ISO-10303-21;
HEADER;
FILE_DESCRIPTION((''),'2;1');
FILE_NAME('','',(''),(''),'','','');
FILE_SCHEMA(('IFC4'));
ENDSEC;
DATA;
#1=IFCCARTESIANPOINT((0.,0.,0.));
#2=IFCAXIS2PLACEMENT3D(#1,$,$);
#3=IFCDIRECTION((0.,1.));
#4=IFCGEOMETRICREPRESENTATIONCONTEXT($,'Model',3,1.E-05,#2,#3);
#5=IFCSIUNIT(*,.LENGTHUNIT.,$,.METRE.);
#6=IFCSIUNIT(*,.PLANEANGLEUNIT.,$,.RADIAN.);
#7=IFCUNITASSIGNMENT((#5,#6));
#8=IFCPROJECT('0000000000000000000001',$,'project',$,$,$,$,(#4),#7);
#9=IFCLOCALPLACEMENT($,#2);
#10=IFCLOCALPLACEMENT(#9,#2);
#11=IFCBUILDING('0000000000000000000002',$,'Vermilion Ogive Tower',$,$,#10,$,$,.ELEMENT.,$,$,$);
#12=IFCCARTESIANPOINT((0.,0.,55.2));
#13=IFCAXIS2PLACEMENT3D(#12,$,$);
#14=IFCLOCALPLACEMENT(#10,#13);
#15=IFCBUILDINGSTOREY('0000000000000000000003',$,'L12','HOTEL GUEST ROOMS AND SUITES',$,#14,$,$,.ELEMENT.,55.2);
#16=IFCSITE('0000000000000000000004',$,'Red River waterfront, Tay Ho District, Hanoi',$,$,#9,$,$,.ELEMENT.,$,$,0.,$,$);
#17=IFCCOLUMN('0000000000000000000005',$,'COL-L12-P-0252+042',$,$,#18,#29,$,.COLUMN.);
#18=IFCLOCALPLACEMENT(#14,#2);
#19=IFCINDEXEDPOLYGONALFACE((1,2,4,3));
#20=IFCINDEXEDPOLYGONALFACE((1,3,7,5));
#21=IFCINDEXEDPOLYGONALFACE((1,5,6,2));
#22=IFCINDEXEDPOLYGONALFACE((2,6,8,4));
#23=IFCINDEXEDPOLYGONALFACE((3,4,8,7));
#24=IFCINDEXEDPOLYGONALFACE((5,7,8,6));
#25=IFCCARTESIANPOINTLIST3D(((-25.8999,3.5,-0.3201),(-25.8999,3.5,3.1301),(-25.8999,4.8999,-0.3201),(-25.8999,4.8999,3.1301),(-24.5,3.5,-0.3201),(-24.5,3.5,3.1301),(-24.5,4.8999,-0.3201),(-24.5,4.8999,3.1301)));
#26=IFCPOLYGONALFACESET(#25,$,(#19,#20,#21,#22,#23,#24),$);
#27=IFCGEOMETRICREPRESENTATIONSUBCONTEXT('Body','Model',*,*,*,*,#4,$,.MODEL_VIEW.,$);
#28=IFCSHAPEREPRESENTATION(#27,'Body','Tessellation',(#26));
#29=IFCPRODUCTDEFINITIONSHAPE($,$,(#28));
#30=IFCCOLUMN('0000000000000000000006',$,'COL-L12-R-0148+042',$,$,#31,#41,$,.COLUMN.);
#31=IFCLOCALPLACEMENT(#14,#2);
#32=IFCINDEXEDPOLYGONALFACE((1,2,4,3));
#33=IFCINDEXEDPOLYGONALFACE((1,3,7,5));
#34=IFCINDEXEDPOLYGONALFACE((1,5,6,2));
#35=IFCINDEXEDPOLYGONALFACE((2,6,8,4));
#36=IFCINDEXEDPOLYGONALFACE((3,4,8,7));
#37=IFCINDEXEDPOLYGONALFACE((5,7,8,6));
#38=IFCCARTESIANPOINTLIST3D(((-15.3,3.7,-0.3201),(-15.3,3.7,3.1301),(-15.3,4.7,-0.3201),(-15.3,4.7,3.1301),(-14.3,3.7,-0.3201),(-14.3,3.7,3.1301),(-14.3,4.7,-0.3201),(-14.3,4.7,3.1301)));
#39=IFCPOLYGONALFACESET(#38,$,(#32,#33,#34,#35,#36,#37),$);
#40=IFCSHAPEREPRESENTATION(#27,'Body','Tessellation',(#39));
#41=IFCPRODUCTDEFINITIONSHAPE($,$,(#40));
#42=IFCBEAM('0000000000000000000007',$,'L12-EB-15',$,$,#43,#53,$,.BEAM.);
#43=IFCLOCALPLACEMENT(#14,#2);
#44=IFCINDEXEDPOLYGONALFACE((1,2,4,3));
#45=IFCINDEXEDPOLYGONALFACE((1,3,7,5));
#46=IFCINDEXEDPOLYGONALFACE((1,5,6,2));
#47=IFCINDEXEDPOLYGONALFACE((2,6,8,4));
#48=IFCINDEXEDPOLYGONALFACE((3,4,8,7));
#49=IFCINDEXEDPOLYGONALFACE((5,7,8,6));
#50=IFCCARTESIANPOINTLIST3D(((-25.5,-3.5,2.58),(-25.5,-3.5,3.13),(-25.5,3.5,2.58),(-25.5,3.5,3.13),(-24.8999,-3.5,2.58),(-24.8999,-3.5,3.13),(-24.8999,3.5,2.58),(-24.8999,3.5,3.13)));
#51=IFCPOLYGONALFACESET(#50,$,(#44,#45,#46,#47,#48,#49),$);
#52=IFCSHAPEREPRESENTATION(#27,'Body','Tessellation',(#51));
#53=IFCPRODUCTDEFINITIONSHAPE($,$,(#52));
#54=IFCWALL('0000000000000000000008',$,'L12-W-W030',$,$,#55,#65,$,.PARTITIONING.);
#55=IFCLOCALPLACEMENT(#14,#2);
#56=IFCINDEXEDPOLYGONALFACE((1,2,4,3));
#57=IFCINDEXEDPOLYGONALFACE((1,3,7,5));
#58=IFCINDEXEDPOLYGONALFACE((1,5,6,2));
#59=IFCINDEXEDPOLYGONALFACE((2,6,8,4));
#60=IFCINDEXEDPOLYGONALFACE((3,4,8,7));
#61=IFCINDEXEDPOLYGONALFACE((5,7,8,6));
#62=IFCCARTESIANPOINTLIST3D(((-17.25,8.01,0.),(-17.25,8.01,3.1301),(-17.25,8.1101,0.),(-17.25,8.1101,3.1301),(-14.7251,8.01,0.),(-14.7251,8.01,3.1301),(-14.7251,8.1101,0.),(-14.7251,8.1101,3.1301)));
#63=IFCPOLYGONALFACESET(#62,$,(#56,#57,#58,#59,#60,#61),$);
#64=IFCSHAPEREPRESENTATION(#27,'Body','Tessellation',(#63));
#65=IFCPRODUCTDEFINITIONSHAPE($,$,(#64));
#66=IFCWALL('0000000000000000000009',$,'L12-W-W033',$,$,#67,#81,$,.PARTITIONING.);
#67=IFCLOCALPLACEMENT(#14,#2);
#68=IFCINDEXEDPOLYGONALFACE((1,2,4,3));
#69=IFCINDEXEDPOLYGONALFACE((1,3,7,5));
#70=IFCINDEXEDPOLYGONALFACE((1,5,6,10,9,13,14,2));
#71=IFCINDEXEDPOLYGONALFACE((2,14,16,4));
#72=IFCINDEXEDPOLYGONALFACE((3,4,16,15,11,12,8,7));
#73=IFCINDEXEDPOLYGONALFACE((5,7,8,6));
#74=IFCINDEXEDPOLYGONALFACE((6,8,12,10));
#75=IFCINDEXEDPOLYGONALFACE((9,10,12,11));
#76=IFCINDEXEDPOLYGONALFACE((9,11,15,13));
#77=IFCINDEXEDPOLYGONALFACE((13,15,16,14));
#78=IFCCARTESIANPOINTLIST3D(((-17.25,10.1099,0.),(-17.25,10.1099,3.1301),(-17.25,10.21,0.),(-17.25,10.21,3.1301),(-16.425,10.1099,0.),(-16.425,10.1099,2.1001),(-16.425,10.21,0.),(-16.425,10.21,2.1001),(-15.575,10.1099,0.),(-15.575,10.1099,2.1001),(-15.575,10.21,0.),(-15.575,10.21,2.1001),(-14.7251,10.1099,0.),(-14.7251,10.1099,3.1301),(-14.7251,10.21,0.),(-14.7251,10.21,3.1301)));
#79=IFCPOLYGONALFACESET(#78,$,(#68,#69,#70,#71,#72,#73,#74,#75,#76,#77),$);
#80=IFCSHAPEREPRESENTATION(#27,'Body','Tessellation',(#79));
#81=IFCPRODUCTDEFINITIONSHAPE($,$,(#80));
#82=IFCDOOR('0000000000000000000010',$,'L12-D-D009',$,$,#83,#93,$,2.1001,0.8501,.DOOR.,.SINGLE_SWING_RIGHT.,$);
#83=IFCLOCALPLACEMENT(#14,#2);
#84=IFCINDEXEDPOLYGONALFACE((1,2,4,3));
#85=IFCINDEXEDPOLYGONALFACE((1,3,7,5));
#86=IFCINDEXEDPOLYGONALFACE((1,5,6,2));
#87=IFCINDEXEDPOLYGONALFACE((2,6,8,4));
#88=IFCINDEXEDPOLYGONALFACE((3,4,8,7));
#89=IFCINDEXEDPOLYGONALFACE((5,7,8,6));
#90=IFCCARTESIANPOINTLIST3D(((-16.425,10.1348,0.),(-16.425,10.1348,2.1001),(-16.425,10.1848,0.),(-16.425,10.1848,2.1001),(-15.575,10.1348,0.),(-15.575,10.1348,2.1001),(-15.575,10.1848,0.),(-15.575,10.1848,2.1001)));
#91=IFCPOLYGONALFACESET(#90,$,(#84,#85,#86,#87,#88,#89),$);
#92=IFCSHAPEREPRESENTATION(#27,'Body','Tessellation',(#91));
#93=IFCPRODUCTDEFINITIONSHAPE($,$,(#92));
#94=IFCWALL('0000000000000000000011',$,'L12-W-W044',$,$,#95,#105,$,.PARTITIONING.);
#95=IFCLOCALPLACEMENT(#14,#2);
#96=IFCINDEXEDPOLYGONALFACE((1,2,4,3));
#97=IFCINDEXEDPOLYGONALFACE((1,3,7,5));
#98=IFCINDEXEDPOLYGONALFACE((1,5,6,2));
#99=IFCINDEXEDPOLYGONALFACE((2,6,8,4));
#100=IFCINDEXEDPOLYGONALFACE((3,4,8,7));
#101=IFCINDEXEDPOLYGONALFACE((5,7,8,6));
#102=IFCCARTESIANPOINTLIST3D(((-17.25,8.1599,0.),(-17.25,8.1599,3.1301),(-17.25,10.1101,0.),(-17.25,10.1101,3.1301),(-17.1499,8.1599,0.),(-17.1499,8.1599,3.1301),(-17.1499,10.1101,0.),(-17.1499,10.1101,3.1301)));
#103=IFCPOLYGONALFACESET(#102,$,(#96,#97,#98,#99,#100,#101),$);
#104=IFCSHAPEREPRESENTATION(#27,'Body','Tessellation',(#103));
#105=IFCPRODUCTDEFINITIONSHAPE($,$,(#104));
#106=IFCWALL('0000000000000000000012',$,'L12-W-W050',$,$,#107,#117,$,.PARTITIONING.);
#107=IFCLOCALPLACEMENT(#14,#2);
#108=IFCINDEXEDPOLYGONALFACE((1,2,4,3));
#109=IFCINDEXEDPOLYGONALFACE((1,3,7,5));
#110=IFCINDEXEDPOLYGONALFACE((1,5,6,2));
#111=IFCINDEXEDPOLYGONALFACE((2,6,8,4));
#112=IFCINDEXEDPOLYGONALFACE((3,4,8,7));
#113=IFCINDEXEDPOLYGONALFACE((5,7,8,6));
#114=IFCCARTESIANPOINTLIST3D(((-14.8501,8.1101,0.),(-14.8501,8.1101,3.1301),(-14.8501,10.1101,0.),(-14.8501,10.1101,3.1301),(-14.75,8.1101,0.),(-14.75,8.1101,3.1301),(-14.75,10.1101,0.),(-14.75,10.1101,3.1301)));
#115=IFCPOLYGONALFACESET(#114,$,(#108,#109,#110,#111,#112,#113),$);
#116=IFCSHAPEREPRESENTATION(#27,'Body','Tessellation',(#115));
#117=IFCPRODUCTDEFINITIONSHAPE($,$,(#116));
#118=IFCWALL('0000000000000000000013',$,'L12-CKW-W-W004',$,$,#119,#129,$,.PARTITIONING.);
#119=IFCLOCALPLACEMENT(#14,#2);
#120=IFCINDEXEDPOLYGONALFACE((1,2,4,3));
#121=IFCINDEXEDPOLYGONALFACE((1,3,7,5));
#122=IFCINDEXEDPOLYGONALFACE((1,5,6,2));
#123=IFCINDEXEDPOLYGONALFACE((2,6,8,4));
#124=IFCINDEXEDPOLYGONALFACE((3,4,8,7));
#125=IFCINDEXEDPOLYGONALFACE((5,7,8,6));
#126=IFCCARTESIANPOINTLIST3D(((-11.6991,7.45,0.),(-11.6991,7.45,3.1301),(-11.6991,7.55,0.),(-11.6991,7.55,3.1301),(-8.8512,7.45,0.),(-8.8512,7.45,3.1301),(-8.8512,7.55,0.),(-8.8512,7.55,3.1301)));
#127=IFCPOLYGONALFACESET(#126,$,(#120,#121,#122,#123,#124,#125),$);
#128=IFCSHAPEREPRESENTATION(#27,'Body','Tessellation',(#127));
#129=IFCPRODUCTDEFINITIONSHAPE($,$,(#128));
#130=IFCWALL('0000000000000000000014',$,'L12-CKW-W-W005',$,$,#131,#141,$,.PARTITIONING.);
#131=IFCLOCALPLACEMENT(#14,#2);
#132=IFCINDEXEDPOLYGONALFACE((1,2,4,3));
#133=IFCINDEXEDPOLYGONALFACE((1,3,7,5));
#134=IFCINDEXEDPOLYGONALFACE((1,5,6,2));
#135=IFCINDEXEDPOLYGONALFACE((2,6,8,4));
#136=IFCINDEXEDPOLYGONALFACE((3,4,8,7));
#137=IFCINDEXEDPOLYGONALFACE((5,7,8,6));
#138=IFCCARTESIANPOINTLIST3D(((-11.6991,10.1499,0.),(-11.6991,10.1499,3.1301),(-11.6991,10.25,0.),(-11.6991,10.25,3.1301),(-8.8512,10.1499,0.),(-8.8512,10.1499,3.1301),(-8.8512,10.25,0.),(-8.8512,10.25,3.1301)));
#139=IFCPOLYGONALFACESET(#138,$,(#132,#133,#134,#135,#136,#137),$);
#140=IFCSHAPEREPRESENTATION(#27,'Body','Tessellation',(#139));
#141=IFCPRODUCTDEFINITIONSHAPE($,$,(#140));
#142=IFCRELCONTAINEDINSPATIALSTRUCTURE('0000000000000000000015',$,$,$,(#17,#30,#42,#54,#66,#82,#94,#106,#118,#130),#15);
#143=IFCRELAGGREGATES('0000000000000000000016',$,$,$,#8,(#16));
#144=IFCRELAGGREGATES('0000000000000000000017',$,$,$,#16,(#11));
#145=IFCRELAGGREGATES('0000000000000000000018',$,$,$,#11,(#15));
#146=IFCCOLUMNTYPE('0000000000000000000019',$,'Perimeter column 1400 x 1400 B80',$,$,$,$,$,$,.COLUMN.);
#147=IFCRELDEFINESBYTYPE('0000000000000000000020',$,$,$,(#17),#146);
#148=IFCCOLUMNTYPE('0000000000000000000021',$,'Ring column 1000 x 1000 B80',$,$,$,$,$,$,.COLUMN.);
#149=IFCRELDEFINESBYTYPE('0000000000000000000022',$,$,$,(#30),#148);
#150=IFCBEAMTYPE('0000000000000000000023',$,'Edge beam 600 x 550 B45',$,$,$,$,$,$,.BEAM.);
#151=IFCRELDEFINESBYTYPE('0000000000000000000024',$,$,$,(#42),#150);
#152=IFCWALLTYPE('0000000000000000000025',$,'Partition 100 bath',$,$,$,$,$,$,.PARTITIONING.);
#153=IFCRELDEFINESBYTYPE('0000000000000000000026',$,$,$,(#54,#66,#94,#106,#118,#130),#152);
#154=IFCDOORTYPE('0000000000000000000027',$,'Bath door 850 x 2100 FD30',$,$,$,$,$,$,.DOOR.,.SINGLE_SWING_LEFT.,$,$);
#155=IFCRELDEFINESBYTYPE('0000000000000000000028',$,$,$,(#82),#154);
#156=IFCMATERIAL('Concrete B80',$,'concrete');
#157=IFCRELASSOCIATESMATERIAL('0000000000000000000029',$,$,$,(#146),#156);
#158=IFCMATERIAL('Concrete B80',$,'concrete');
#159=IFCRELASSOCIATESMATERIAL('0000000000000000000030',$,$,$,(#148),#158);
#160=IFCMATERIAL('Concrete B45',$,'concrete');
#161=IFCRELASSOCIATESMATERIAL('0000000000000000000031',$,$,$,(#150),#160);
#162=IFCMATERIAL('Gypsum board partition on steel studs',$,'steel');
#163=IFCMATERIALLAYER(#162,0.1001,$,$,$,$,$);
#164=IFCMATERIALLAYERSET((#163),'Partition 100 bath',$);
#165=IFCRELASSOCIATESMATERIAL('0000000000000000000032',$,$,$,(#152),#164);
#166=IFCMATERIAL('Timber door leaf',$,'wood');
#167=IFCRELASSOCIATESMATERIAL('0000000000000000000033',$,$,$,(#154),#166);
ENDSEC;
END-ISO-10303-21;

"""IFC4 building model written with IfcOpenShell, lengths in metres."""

from ifc_helpers import new_model, si_unit, direction, frame, frame_2d, origin, origin_2d, place, context, subcontext, project, spatial, rectangle, extrude, material, layer, layer_set, material_profile, profile_set, type_object, element, fill, save


model = new_model("IFC4")

# Units and contexts
model_context = context("Model", 3, precision=1e-05, world=origin(), true_north=direction((0.0, 1.0)))
body_context = subcontext(model_context, "Body", "Model", "MODEL_VIEW")
ifc_project = project(units=[si_unit("LENGTHUNIT", "METRE"), si_unit("PLANEANGLEUNIT", "RADIAN")], contexts=[model_context])

# Site, building, storey
site_placement = place(None, origin())
site = spatial("IfcSite", under=ifc_project, at=site_placement, Name="Red River waterfront, Tay Ho District, Hanoi", CompositionType="ELEMENT", RefElevation=0.0)
building_placement = place(site_placement, origin())
building = spatial("IfcBuilding", under=site, at=building_placement, Name="Vermilion Ogive Tower", CompositionType="ELEMENT")
storey_placement = place(building_placement, frame((0.0, 0.0, 55.2)))
storey = spatial("IfcBuildingStorey", under=building, at=storey_placement, Name="L12", Description="HOTEL GUEST ROOMS AND SUITES", CompositionType="ELEMENT", Elevation=55.2)

# Columns
ifc_material_1 = material(Name="Concrete B80", Category="concrete")
ifc_material_profile_1 = material_profile(ifc_material_1, rectangle(XDim=1.3999, YDim=1.3999, at=origin_2d()), Name="1400 x 1400")
ifc_profile_set_1 = profile_set([ifc_material_profile_1], Name="Concrete B80")
column_type_1 = type_object("IfcColumnType", Name="Perimeter column 1400 x 1400 B80", PredefinedType="COLUMN", material=ifc_profile_set_1)
column_1_placement = place(storey_placement, frame((-25.2, 4.2, -0.3201), z_axis=(0.0, 0.0, 1.0), x_axis=(1.0, 0.0, 0.0)))
element("IfcColumn", 1, at=column_1_placement, inside=storey, type_object=column_type_1, Name="COL-L12-P-0252+042", PredefinedType="COLUMN", context=body_context, shape_type="SweptSolid", body=[
    extrude(rectangle(XDim=1.3999, YDim=1.3999, at=origin_2d()), origin(), (0.0, 0.0, 1.0), 3.4502),
])
ifc_material_2 = material(Name="Concrete B80", Category="concrete")
ifc_material_profile_2 = material_profile(ifc_material_2, rectangle(XDim=1.0, YDim=1.0, at=origin_2d()), Name="1000 x 1000")
ifc_profile_set_2 = profile_set([ifc_material_profile_2], Name="Concrete B80")
column_type_2 = type_object("IfcColumnType", Name="Ring column 1000 x 1000 B80", PredefinedType="COLUMN", material=ifc_profile_set_2)
column_2_placement = place(storey_placement, frame((-14.8, 4.2, -0.3201), z_axis=(0.0, 0.0, 1.0), x_axis=(1.0, 0.0, 0.0)))
element("IfcColumn", 2, at=column_2_placement, inside=storey, type_object=column_type_2, Name="COL-L12-R-0148+042", PredefinedType="COLUMN", context=body_context, shape_type="SweptSolid", body=[
    extrude(rectangle(XDim=1.0, YDim=1.0, at=origin_2d()), origin(), (0.0, 0.0, 1.0), 3.4502),
])

# Beam
ifc_material_3 = material(Name="Concrete B45", Category="concrete")
ifc_material_profile_3 = material_profile(ifc_material_3, rectangle(XDim=0.6001, YDim=0.55, at=origin_2d()), Name="600 x 550")
ifc_profile_set_3 = profile_set([ifc_material_profile_3], Name="Concrete B45")
beam_type = type_object("IfcBeamType", Name="Edge beam 600 x 550 B45", PredefinedType="BEAM", material=ifc_profile_set_3)
beam_placement = place(storey_placement, frame((-25.2, 3.5, 2.855), z_axis=(0.0, -1.0, 0.0), x_axis=(1.0, 0.0, 0.0)))
element("IfcBeam", 3, at=beam_placement, inside=storey, type_object=beam_type, Name="L12-EB-15", PredefinedType="BEAM", context=body_context, shape_type="SweptSolid", body=[
    extrude(rectangle(XDim=0.6001, YDim=0.55, at=origin_2d()), origin(), (0.0, 0.0, 1.0), 7.0),
])

# Wall
ifc_material_4 = material(Name="Gypsum board partition on steel studs", Category="steel")
ifc_layer_1 = layer(ifc_material_4, 0.1001)
ifc_layer_set_1 = layer_set([ifc_layer_1], Name="Partition 100 bath")
wall_type_1 = type_object("IfcWallType", Name="Partition 100 bath", PredefinedType="PARTITIONING", material=ifc_layer_set_1)
wall_1_placement = place(storey_placement, frame((-17.25, 8.0601, 0.0), z_axis=(0.0, 0.0, 1.0), x_axis=(1.0, 0.0, 0.0)))
element("IfcWall", 4, at=wall_1_placement, inside=storey, type_object=wall_type_1, Name="L12-W-W030", PredefinedType="PARTITIONING", context=body_context, shape_type="SweptSolid", body=[
    extrude(rectangle(XDim=2.5249, YDim=0.1001, at=frame_2d((1.2625, 0.0))), origin(), (0.0, 0.0, 1.0), 3.1301),
])

# Wall, opening, door
wall_2_placement = place(storey_placement, frame((-17.25, 10.1599, 0.0), z_axis=(0.0, 0.0, 1.0), x_axis=(1.0, 0.0, 0.0)))
wall_2 = element("IfcWall", 5, at=wall_2_placement, inside=storey, type_object=wall_type_1, Name="L12-W-W033", PredefinedType="PARTITIONING", context=body_context, shape_type="SweptSolid", body=[
    extrude(rectangle(XDim=2.5249, YDim=0.1001, at=frame_2d((1.2625, 0.0))), origin(), (0.0, 0.0, 1.0), 3.1301),
])
opening_1_placement = place(wall_2_placement, frame((0.825, 0.0, 0.0)))
opening_1 = element("IfcOpeningElement", 6, at=opening_1_placement, cuts=wall_2, PredefinedType="OPENING", context=body_context, shape_type="SweptSolid", body=[
    extrude(rectangle(XDim=0.8501, YDim=2.1001, at=frame_2d((0.425, 1.05))), frame((0.0, 0.0601, 0.0), z_axis=(0.0, -1.0, 0.0), x_axis=(1.0, 0.0, 0.0)), (0.0, 0.0, 1.0), 0.1201),
])
ifc_material_5 = material(Name="Timber door leaf", Category="wood")
door_type_1 = type_object("IfcDoorType", Name="Bath door 850 x 2100 FD30", OperationType="SINGLE_SWING_LEFT", PredefinedType="DOOR", material=ifc_material_5)
door_1_placement = place(opening_1_placement, origin())
door_1 = element("IfcDoor", 7, at=door_1_placement, inside=storey, type_object=door_type_1, Name="L12-D-D009", OperationType="SINGLE_SWING_RIGHT", OverallHeight=2.1001, OverallWidth=0.8501, PredefinedType="DOOR", context=body_context, shape_type="SweptSolid", body=[
    extrude(rectangle(XDim=0.8501, YDim=2.1001, at=frame_2d((0.425, 1.05))), frame((0.0, 0.0249, 0.0), z_axis=(0.0, -1.0, 0.0), x_axis=(1.0, 0.0, 0.0)), (0.0, 0.0, 1.0), 0.05),
])
fill(opening_1, door_1)

# Walls
wall_3_placement = place(storey_placement, frame((-17.2, 8.1599, 0.0), z_axis=(0.0, 0.0, 1.0), x_axis=(0.0, 1.0, 0.0)))
element("IfcWall", 8, at=wall_3_placement, inside=storey, type_object=wall_type_1, Name="L12-W-W044", PredefinedType="PARTITIONING", context=body_context, shape_type="SweptSolid", body=[
    extrude(rectangle(XDim=1.9502, YDim=0.1001, at=frame_2d((0.9751, 0.0))), origin(), (0.0, 0.0, 1.0), 3.1301),
])
wall_4_placement = place(storey_placement, frame((-14.8, 8.1101, 0.0), z_axis=(0.0, 0.0, 1.0), x_axis=(0.0, 1.0, 0.0)))
element("IfcWall", 9, at=wall_4_placement, inside=storey, type_object=wall_type_1, Name="L12-W-W050", PredefinedType="PARTITIONING", context=body_context, shape_type="SweptSolid", body=[
    extrude(rectangle(XDim=2.0, YDim=0.1001, at=frame_2d((1.0, 0.0))), origin(), (0.0, 0.0, 1.0), 3.1301),
])
for number, where, z_axis, x_axis, name in (
    (10, (-11.699, 7.5, 0.0), (0.0, 0.0, 1.0), (1.0, 0.0, 0.0), "L12-CKW-W-W004"),
    (11, (-11.699, 10.2, 0.0), (0.0, 0.0, 1.0), (1.0, 0.0, 0.0), "L12-CKW-W-W005"),
):
    element("IfcWall", number, at=place(storey_placement, frame(where, z_axis=z_axis, x_axis=x_axis)), inside=storey, type_object=wall_type_1, Name=name, PredefinedType="PARTITIONING", context=body_context, shape_type="SweptSolid", body=[
        extrude(rectangle(XDim=2.8479, YDim=0.1001, at=frame_2d((1.4238, 0.0))), origin(), (0.0, 0.0, 1.0), 3.1301),
    ])

save(model, "model.ifc")
